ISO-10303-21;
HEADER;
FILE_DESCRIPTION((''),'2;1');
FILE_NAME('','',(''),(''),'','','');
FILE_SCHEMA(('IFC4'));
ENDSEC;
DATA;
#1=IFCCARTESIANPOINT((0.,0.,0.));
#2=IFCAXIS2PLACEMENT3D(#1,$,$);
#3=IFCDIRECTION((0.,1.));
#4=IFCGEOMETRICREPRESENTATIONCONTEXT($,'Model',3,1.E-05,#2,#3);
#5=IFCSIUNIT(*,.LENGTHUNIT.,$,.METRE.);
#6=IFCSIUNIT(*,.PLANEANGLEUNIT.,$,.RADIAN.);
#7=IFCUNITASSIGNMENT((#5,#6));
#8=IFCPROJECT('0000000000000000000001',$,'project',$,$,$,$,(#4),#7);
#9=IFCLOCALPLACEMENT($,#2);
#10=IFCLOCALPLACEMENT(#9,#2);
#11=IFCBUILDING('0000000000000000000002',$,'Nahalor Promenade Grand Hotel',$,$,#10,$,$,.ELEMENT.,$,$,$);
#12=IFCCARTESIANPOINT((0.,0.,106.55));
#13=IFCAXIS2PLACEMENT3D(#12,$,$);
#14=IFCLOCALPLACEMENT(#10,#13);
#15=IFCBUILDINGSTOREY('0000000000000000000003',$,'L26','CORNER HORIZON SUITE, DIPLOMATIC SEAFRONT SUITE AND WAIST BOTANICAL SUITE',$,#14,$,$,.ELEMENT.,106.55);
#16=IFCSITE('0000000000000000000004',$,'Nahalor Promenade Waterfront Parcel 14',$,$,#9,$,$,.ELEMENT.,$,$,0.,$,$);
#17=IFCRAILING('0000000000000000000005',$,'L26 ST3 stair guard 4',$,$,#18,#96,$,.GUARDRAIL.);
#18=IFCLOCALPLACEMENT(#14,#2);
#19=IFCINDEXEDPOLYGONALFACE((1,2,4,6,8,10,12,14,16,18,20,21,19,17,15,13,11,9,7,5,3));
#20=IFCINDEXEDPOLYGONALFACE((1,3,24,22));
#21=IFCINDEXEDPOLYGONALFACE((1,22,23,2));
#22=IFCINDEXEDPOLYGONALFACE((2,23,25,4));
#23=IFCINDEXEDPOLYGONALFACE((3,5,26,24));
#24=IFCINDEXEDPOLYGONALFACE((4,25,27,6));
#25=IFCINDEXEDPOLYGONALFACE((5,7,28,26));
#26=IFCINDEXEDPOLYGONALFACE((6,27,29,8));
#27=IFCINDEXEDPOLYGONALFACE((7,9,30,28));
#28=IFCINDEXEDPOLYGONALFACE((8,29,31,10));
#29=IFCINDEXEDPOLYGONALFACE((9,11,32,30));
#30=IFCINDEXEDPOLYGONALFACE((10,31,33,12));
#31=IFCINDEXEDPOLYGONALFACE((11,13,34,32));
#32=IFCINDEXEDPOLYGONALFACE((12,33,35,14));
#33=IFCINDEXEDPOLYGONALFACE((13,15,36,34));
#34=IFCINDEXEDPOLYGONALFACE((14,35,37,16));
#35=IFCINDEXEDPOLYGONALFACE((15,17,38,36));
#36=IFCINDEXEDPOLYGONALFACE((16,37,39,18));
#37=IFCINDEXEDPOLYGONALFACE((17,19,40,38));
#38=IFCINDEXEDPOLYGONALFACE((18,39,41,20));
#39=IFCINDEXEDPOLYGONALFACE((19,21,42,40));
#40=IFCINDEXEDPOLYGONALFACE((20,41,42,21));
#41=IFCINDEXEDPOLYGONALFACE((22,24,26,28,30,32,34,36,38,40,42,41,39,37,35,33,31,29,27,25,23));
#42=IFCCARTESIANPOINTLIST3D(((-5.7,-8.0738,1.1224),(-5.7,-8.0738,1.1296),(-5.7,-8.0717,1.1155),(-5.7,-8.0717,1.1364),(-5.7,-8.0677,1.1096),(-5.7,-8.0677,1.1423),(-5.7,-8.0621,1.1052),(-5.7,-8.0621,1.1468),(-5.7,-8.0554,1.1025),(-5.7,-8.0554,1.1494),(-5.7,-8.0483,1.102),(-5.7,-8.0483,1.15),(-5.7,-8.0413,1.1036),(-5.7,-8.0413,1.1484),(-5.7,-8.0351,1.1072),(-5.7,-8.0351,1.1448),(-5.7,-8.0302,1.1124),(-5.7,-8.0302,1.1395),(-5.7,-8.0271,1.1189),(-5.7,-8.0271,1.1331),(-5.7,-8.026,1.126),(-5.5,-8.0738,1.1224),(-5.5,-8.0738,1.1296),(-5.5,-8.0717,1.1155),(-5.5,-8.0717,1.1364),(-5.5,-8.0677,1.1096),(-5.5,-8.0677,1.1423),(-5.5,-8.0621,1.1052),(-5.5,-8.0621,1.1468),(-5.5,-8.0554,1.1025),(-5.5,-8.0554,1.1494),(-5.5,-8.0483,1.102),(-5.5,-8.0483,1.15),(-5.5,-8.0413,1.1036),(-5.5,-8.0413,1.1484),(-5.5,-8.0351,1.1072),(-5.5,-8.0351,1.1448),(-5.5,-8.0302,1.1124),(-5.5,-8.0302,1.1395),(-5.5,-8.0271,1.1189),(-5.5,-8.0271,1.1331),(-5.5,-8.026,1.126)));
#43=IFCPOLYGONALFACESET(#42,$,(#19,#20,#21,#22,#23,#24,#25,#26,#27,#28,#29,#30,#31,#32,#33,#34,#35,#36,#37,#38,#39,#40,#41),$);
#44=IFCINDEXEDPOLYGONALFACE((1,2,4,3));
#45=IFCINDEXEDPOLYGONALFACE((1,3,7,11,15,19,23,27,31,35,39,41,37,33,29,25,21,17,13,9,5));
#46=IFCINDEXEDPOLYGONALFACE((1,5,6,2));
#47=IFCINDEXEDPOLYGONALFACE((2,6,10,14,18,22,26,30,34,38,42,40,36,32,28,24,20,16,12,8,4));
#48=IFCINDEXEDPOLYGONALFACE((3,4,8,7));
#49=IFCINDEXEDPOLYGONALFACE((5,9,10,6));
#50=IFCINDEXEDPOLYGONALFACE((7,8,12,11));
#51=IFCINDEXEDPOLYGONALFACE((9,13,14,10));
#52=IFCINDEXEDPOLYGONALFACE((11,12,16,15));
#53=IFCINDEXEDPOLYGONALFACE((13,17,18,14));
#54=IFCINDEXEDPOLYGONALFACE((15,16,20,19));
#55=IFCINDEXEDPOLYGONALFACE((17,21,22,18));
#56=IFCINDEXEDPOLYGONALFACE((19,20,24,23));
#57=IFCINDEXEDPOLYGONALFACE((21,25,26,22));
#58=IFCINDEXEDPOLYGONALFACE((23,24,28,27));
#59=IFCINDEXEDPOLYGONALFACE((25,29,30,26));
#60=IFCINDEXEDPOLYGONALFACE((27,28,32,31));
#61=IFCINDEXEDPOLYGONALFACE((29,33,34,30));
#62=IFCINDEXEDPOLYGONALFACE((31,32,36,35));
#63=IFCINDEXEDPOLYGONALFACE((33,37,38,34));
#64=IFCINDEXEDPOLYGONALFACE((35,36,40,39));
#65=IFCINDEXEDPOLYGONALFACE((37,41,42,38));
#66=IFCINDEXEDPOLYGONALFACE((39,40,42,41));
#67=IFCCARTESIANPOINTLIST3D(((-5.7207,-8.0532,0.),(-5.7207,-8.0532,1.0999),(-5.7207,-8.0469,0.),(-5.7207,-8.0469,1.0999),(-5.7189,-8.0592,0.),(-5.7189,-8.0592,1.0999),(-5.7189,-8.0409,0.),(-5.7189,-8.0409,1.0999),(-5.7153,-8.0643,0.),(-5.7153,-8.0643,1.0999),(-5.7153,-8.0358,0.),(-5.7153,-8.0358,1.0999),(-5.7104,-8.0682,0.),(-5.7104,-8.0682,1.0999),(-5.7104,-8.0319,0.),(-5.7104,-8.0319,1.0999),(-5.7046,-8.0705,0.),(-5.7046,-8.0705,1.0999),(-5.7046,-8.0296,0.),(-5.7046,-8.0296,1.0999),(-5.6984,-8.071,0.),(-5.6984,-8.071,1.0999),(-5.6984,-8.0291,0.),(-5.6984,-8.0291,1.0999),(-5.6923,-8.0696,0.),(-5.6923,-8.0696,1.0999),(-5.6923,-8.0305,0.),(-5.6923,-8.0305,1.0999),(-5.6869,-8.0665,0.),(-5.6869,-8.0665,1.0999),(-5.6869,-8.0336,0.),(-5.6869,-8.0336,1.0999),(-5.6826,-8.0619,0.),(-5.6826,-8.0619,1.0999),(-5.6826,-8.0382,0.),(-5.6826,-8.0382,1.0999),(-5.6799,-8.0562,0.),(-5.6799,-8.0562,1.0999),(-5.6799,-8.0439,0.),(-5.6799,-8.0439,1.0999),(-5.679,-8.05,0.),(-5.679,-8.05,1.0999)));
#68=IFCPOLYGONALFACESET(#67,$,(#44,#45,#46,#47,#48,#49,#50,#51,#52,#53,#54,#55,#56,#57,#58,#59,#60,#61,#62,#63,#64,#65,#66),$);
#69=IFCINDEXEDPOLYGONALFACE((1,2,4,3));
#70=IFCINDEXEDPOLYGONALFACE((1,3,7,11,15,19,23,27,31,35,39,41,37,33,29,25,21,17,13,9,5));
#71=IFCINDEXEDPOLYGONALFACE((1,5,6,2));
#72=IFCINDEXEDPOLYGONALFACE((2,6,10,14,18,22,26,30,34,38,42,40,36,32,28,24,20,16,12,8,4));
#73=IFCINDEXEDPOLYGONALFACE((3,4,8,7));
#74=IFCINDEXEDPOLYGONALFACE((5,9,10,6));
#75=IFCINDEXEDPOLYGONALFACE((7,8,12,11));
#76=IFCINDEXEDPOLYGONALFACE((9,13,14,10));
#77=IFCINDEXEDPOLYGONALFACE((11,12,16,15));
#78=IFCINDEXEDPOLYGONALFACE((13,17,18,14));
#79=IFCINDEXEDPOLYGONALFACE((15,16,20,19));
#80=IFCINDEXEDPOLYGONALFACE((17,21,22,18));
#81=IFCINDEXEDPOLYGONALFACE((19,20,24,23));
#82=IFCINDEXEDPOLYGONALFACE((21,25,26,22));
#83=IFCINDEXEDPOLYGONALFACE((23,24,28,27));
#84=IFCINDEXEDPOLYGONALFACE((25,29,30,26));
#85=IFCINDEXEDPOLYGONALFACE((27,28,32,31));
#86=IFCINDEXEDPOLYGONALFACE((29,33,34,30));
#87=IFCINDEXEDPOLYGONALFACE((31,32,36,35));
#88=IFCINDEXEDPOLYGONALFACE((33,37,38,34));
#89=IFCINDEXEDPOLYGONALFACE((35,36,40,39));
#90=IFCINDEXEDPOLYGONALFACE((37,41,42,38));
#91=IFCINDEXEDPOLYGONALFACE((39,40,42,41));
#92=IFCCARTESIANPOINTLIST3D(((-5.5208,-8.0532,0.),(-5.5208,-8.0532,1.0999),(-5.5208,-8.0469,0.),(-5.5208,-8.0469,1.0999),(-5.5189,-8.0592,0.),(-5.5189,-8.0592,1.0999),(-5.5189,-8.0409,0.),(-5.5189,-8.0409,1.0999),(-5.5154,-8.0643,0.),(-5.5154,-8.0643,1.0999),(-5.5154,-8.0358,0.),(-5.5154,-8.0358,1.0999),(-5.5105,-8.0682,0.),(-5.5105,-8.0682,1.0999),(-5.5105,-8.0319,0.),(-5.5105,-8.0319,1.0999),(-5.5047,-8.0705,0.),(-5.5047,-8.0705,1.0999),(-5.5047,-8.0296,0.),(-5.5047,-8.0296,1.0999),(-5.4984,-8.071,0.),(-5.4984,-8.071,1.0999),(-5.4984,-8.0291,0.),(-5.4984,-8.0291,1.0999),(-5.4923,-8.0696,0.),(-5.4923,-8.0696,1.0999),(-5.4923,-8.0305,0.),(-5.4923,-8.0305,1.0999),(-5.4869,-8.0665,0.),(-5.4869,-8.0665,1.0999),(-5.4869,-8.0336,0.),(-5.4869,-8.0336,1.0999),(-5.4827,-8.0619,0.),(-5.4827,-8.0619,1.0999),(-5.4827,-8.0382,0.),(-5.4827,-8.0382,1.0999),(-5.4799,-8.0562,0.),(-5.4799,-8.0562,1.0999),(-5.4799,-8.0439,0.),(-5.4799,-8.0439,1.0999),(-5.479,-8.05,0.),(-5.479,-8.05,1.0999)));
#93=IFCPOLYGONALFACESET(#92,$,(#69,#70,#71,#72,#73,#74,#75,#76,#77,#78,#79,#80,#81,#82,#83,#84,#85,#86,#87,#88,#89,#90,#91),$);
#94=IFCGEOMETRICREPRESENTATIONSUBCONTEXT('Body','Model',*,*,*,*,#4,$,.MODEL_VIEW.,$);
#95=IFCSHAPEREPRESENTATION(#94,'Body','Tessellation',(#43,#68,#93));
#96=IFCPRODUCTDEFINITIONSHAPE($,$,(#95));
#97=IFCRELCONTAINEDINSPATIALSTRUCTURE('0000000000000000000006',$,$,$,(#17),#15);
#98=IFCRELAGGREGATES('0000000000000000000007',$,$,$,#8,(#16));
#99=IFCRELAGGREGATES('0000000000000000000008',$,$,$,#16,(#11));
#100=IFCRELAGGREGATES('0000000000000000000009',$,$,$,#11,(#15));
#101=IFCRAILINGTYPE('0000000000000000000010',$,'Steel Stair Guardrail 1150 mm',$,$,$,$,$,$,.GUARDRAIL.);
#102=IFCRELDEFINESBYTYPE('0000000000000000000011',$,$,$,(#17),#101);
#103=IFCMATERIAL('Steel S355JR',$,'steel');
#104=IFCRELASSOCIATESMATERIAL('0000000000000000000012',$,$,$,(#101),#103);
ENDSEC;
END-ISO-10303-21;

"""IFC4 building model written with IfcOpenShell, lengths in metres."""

from ifc_helpers import new_model, si_unit, direction, frame, origin, origin_2d, place, context, subcontext, project, spatial, circle, extrude, material, type_object, element, save


model = new_model("IFC4")

# Units and contexts
model_context = context("Model", 3, precision=1e-05, world=origin(), true_north=direction((0.0, 1.0)))
body_context = subcontext(model_context, "Body", "Model", "MODEL_VIEW")
ifc_project = project(units=[si_unit("LENGTHUNIT", "METRE"), si_unit("PLANEANGLEUNIT", "RADIAN")], contexts=[model_context])

# Site, building, storey
site_placement = place(None, origin())
site = spatial("IfcSite", under=ifc_project, at=site_placement, Name="Nahalor Promenade Waterfront Parcel 14", CompositionType="ELEMENT", RefElevation=0.0)
building_placement = place(site_placement, origin())
building = spatial("IfcBuilding", under=site, at=building_placement, Name="Nahalor Promenade Grand Hotel", CompositionType="ELEMENT")
storey_placement = place(building_placement, frame((0.0, 0.0, 106.55)))
storey = spatial("IfcBuildingStorey", under=building, at=storey_placement, Name="L26", Description="CORNER HORIZON SUITE, DIPLOMATIC SEAFRONT SUITE AND WAIST BOTANICAL SUITE", CompositionType="ELEMENT", Elevation=106.55)

# Shared definitions
ifc_material_1 = material(Name="Steel S355JR", Category="steel")

# Railing
railing_type_1 = type_object("IfcRailingType", Name="Steel Stair Guardrail 1150 mm", PredefinedType="GUARDRAIL", material=ifc_material_1)
railing_1_placement = place(storey_placement, frame((-5.7, -8.05, 0.0)))
element("IfcRailing", 1, at=railing_1_placement, inside=storey, type_object=railing_type_1, Name="L26 ST3 stair guard 4", PredefinedType="GUARDRAIL", context=body_context, shape_type="SweptSolid", body=[
    extrude(circle(Radius=0.024, at=origin_2d()), frame((0.0, 0.0, 1.126), z_axis=(1.0, 0.0, 0.0), x_axis=(0.0, 1.0, 0.0)), (0.0, 0.0, 1.0), 0.2),
    extrude(circle(Radius=0.021, at=origin_2d()), origin(), (0.0, 0.0, 1.0), 1.0999),
    extrude(circle(Radius=0.021, at=origin_2d()), frame((0.2, 0.0, 0.0)), (0.0, 0.0, 1.0), 1.0999),
])

save(model, "model.ifc")
